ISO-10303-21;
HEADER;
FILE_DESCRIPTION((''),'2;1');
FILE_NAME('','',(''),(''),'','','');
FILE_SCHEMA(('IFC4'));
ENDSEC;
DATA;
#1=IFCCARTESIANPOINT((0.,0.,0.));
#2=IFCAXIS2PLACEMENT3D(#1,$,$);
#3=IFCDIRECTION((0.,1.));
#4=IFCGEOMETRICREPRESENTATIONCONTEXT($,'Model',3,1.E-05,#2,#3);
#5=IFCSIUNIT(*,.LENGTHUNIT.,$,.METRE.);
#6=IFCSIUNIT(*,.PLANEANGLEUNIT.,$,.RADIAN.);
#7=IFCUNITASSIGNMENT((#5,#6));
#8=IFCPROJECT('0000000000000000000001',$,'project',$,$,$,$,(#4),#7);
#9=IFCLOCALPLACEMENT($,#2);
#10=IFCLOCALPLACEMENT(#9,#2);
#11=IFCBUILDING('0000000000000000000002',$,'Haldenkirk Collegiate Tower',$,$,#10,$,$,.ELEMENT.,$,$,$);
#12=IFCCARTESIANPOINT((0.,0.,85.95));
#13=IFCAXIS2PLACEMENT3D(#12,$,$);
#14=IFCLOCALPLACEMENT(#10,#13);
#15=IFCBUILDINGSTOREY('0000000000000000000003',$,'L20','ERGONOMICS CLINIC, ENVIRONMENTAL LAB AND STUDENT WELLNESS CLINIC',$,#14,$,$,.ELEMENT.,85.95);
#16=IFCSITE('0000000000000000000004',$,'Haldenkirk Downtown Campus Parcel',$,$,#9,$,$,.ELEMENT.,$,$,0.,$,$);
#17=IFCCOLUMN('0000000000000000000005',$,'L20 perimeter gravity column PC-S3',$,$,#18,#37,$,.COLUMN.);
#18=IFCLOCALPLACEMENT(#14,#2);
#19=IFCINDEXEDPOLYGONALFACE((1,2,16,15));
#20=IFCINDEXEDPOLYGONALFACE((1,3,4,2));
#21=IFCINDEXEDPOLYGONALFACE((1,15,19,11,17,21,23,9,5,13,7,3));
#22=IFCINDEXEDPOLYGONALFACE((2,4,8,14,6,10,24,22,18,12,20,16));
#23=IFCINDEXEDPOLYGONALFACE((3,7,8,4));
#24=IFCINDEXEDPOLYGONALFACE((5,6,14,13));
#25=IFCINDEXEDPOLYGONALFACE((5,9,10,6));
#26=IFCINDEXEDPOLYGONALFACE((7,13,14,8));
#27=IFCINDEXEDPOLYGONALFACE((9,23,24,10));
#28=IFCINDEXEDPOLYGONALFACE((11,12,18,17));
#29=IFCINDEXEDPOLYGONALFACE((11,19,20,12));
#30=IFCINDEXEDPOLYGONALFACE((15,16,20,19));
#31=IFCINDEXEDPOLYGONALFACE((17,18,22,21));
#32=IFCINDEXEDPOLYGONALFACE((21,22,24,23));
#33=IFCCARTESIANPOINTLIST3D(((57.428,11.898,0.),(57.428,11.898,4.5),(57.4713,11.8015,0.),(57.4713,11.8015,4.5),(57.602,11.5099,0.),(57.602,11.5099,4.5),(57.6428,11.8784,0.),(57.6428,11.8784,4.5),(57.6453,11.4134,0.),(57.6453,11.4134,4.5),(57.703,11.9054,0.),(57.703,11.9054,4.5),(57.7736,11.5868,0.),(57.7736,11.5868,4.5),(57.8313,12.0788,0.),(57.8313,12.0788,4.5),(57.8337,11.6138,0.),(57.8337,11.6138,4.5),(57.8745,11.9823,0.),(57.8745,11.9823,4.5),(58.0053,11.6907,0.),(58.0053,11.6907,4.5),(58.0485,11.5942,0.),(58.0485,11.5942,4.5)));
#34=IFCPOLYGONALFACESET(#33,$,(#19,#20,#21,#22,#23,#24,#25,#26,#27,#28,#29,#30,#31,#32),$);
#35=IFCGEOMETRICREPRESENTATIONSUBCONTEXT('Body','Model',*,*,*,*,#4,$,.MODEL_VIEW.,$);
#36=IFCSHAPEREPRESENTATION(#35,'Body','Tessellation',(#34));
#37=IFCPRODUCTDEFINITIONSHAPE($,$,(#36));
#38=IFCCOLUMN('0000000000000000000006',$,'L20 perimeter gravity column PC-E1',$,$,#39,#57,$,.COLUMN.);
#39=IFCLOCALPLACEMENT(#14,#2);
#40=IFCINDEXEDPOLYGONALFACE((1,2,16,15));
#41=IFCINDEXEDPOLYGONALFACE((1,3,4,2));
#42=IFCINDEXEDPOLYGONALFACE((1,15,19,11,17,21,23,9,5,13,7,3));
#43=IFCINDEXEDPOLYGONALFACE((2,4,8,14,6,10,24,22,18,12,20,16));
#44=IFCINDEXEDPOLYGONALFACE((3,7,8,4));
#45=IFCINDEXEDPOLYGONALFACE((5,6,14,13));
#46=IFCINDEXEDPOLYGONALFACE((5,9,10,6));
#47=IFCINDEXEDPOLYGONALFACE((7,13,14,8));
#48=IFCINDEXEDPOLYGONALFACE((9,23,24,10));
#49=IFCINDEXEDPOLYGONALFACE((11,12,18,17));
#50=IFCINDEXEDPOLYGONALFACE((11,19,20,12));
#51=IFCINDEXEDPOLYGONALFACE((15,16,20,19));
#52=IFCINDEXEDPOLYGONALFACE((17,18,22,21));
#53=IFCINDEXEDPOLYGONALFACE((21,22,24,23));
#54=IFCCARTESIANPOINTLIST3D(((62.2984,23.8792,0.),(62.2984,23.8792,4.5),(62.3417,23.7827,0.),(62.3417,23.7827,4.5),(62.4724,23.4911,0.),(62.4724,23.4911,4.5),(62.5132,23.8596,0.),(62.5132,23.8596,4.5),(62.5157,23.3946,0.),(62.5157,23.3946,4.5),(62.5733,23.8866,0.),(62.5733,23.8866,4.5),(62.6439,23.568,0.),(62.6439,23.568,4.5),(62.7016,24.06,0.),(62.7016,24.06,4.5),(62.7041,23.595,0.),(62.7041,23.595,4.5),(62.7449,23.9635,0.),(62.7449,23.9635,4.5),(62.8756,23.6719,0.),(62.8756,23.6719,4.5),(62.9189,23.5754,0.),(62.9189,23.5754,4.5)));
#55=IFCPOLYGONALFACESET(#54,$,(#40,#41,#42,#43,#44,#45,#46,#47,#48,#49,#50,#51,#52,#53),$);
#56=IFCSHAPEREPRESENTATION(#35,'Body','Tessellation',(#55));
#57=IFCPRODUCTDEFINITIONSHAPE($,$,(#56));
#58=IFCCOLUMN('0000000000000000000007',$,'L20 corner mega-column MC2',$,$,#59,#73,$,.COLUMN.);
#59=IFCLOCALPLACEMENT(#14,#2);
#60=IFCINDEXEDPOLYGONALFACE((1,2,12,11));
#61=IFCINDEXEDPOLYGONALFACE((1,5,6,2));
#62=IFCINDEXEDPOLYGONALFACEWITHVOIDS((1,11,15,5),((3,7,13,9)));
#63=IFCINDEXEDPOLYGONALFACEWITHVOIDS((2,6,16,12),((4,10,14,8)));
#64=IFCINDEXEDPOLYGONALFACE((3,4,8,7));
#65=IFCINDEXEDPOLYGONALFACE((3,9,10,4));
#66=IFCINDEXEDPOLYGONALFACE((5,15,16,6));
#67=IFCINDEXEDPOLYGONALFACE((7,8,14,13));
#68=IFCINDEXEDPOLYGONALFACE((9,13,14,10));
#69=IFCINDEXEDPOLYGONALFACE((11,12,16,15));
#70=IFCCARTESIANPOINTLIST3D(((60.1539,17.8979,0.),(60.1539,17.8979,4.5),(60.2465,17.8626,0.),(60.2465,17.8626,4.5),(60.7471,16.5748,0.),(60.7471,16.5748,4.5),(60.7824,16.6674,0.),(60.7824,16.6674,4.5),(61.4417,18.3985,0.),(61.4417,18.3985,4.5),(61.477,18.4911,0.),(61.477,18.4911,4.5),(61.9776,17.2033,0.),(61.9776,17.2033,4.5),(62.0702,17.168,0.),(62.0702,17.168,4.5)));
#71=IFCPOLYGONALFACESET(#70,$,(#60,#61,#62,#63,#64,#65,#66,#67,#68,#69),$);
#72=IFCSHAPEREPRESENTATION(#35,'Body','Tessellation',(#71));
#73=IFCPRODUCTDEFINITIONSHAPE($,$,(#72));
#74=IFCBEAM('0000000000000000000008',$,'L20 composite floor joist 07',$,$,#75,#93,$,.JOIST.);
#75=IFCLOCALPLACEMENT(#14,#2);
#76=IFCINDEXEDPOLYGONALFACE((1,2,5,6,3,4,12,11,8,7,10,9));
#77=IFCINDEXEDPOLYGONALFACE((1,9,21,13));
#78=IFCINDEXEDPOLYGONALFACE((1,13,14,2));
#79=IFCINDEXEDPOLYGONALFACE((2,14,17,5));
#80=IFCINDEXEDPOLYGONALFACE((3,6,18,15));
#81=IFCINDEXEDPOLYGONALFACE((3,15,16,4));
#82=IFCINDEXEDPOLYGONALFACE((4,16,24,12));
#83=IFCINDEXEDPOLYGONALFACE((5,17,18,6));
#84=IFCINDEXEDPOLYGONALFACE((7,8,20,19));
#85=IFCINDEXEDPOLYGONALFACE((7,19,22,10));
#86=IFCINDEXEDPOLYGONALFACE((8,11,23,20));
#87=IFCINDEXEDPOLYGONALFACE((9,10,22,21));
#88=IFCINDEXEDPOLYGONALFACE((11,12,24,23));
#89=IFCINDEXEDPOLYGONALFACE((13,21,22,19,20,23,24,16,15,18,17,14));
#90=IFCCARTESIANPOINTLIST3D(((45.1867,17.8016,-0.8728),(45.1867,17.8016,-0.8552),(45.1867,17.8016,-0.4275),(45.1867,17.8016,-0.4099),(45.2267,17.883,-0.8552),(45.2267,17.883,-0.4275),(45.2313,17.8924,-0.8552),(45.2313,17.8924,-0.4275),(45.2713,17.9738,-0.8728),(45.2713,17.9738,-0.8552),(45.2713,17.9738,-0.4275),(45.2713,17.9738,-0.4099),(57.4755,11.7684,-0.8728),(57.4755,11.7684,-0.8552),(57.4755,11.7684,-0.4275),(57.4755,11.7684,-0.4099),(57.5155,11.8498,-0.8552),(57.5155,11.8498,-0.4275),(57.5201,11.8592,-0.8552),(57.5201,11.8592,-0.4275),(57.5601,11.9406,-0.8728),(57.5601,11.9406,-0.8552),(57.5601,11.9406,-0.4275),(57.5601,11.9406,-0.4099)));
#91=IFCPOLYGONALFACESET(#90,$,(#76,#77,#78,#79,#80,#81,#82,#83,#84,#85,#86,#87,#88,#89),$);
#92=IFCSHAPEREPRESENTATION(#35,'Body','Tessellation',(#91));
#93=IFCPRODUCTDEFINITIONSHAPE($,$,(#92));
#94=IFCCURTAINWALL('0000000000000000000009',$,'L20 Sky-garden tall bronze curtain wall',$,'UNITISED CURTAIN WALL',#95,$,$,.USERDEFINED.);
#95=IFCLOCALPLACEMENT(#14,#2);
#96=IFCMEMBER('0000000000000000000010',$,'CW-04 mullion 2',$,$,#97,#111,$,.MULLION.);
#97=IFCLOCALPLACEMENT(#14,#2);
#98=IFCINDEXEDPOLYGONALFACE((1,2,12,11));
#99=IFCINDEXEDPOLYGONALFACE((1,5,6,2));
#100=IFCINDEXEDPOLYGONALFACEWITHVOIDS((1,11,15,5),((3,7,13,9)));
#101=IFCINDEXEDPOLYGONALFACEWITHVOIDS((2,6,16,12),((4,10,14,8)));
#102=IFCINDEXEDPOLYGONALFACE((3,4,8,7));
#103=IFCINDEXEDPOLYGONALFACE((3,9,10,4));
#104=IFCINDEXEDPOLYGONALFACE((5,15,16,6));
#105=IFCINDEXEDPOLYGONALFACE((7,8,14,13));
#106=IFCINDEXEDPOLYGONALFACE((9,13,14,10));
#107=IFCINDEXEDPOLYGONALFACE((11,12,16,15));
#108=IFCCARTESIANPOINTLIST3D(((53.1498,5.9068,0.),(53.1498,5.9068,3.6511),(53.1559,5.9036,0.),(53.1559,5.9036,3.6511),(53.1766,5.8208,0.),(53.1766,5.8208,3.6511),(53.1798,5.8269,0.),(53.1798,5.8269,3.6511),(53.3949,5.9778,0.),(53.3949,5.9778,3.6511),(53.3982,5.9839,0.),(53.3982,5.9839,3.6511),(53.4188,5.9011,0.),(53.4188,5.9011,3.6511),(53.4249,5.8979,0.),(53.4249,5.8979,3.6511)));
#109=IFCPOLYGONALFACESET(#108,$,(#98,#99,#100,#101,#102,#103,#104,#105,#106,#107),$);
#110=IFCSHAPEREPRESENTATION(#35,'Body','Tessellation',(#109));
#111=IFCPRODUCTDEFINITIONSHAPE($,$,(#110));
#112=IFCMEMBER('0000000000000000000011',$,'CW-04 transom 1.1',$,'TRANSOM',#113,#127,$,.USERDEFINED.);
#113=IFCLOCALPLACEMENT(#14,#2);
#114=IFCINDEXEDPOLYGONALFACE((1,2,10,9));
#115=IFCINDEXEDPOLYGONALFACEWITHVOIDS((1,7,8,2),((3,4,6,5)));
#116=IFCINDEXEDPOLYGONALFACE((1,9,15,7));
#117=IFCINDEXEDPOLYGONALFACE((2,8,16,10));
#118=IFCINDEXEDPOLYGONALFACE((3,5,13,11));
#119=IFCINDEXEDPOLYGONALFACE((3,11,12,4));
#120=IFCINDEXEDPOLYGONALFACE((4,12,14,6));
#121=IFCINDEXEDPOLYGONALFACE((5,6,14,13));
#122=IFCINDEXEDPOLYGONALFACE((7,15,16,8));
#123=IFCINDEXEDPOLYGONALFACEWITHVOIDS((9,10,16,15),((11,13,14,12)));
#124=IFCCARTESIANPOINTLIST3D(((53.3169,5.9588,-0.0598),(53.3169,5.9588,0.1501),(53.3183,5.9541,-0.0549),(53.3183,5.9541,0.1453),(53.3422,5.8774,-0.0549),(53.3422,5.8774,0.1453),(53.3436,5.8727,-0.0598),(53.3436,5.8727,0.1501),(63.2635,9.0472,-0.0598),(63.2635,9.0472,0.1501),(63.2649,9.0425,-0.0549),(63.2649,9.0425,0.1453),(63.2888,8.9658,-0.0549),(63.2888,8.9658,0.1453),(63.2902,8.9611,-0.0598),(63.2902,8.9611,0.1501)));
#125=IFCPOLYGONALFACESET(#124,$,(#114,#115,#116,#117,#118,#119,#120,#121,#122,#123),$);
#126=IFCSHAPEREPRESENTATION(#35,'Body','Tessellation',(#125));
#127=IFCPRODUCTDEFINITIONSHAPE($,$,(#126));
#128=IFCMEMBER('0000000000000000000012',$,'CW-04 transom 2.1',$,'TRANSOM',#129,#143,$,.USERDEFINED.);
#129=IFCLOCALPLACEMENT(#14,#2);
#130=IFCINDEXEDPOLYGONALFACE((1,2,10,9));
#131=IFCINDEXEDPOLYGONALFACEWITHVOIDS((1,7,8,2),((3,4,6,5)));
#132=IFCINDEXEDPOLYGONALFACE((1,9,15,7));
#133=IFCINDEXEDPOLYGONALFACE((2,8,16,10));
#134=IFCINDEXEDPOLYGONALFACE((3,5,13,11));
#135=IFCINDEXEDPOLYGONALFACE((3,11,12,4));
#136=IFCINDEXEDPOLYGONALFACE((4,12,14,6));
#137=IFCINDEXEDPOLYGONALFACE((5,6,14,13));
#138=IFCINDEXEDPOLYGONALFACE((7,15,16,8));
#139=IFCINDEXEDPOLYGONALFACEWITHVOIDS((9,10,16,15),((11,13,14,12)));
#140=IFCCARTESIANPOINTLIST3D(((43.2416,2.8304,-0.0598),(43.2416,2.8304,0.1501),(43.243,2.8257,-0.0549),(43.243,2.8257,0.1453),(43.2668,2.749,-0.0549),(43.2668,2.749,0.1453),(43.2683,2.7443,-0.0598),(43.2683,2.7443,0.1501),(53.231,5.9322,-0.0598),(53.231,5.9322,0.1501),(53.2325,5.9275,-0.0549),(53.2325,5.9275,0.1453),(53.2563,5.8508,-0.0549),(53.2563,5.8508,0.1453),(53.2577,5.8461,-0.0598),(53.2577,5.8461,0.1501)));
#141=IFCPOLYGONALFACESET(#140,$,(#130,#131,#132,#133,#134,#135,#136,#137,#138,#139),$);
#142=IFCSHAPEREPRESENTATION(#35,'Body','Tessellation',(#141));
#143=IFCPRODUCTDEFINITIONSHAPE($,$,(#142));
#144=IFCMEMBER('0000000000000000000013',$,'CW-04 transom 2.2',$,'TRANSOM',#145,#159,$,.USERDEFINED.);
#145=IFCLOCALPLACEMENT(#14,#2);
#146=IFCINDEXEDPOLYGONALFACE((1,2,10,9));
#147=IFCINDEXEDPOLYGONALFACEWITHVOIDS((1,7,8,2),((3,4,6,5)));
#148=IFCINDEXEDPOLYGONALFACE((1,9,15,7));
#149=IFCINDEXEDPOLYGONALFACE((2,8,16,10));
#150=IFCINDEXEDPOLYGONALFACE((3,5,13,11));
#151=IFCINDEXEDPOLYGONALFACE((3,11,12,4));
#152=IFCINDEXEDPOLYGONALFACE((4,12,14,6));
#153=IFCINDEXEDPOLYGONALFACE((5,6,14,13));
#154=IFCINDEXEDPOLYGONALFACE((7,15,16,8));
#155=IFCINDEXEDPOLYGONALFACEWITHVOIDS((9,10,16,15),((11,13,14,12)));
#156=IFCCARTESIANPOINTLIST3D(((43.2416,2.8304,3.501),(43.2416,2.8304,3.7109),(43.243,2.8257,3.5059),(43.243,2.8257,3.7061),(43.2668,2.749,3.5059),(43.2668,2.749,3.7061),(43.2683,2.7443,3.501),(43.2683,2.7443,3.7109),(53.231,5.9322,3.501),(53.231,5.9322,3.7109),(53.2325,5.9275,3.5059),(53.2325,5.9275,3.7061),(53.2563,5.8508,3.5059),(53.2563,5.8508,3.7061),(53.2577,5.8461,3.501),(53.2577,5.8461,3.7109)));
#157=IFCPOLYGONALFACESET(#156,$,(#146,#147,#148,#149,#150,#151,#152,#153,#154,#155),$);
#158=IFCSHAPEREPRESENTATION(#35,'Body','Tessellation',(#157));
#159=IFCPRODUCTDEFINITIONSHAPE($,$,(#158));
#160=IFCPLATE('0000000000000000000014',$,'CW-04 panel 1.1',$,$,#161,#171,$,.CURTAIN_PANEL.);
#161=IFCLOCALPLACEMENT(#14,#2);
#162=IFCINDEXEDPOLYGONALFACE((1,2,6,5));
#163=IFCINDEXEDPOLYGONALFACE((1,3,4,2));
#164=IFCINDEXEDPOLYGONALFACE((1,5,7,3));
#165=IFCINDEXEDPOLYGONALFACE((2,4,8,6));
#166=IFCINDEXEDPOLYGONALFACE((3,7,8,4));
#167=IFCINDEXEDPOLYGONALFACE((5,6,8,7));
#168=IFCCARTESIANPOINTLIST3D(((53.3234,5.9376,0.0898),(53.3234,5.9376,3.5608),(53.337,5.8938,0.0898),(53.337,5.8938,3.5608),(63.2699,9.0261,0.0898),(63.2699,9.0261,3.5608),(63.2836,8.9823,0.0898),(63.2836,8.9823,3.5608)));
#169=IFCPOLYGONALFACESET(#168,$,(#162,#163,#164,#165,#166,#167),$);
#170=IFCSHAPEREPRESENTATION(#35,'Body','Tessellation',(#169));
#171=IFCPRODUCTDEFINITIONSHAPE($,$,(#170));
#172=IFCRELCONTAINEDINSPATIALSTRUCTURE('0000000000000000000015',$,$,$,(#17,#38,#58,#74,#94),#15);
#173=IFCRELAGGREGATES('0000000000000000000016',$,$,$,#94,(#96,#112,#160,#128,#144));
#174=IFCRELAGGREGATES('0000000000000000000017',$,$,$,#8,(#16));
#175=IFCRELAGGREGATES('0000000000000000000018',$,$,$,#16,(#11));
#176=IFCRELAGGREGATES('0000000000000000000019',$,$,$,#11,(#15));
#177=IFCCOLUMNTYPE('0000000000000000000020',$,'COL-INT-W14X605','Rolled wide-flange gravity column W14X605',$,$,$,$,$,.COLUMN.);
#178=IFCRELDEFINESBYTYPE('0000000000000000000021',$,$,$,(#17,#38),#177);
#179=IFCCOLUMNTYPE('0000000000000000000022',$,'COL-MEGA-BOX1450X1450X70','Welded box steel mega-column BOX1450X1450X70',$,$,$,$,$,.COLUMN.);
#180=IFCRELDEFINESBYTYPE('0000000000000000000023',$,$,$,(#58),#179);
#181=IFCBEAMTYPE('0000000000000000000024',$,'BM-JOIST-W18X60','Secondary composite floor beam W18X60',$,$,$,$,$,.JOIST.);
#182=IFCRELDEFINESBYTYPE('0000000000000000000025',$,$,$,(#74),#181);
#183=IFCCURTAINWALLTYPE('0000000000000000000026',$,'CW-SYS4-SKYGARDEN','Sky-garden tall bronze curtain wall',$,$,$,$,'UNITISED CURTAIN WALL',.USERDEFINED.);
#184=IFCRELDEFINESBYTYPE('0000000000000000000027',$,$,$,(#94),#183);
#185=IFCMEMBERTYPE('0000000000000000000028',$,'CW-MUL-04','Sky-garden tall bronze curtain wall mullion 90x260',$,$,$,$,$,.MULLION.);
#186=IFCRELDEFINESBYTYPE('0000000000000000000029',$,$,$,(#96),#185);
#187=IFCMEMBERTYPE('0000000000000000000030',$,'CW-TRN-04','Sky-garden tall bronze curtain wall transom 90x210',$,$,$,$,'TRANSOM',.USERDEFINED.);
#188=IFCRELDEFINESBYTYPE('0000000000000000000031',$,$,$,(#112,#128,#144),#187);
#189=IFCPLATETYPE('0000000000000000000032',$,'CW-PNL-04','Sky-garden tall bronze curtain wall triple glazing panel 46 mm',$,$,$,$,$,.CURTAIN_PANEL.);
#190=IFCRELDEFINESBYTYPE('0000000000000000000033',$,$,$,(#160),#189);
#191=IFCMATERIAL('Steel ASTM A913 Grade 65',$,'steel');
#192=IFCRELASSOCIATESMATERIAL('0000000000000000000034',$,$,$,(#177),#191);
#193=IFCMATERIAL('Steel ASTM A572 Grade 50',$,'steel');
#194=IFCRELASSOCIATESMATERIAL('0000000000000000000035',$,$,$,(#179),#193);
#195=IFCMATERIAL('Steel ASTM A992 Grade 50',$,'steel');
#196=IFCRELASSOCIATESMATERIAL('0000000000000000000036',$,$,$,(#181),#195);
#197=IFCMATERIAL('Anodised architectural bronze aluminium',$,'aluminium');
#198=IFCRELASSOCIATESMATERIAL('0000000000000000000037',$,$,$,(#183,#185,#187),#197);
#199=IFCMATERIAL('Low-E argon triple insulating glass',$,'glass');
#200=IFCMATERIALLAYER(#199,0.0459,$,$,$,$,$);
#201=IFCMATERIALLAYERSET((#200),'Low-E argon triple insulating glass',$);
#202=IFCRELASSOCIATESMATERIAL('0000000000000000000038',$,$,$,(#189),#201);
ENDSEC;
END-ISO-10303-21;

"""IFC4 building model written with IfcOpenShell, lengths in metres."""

from ifc_helpers import new_model, si_unit, direction, frame, origin, origin_2d, place, context, subcontext, project, spatial, rectangle, hollow_rectangle, i_section, extrude, source, transform, mapped, material, layer, layer_set, material_profile, profile_set, type_object, element, aggregate, save


model = new_model("IFC4")

# Units and contexts
model_context = context("Model", 3, precision=1e-05, world=origin(), true_north=direction((0.0, 1.0)))
body_context = subcontext(model_context, "Body", "Model", "MODEL_VIEW")
ifc_project = project(units=[si_unit("LENGTHUNIT", "METRE"), si_unit("PLANEANGLEUNIT", "RADIAN")], contexts=[model_context])

# Site, building, storey
site_placement = place(None, origin())
site = spatial("IfcSite", under=ifc_project, at=site_placement, Name="Haldenkirk Downtown Campus Parcel", CompositionType="ELEMENT", RefElevation=0.0)
building_placement = place(site_placement, origin())
building = spatial("IfcBuilding", under=site, at=building_placement, Name="Haldenkirk Collegiate Tower", CompositionType="ELEMENT")
storey_placement = place(building_placement, frame((0.0, 0.0, 85.95)))
storey = spatial("IfcBuildingStorey", under=building, at=storey_placement, Name="L20", Description="ERGONOMICS CLINIC, ENVIRONMENTAL LAB AND STUDENT WELLNESS CLINIC", CompositionType="ELEMENT", Elevation=85.95)

# Columns
ifc_material_1 = material(Name="Steel ASTM A913 Grade 65", Category="steel")
ifc_material_profile_1 = material_profile(ifc_material_1, i_section(OverallWidth=0.4419, OverallDepth=0.531, WebThickness=0.0659, FlangeThickness=0.1057, at=origin_2d()), Name="W14X605")
ifc_profile_set_1 = profile_set([ifc_material_profile_1], Name="Steel ASTM A913 Grade 65")
column_type_1 = type_object("IfcColumnType", Name="COL-INT-W14X605", Description="Rolled wide-flange gravity column W14X605", PredefinedType="COLUMN", material=ifc_profile_set_1)
for number, where, z_axis, x_axis, name in (
    (1, (57.7383, 11.7461, 0.0), (0.0, 0.0, 1.0), (0.912477, 0.409127, 0.0), "L20 perimeter gravity column PC-S3"),
    (2, (62.6086, 23.7273, 0.0), (0.0, 0.0, 1.0), (0.912477, 0.409127, 0.0), "L20 perimeter gravity column PC-E1"),
):
    element("IfcColumn", number, at=place(storey_placement, frame(where, z_axis=z_axis, x_axis=x_axis)), inside=storey, type_object=column_type_1, Name=name, PredefinedType="COLUMN", context=body_context, shape_type="SweptSolid", body=[
        extrude(i_section(OverallWidth=0.4419, OverallDepth=0.531, WebThickness=0.0659, FlangeThickness=0.1057, at=origin_2d()), origin(), (0.0, 0.0, 1.0), 4.5),
    ])
ifc_material_2 = material(Name="Steel ASTM A572 Grade 50", Category="steel")
ifc_material_profile_2 = material_profile(ifc_material_2, hollow_rectangle(XDim=1.45, YDim=1.45, WallThickness=0.0701, at=origin_2d()), Name="BOX1450X1450X70")
ifc_profile_set_2 = profile_set([ifc_material_profile_2], Name="Steel ASTM A572 Grade 50")
column_type_2 = type_object("IfcColumnType", Name="COL-MEGA-BOX1450X1450X70", Description="Welded box steel mega-column BOX1450X1450X70", PredefinedType="COLUMN", material=ifc_profile_set_2)
column_placement = place(storey_placement, frame((61.1121, 17.533, 0.0), z_axis=(0.0, 0.0, 1.0), x_axis=(0.912477, 0.409127, 0.0)))
element("IfcColumn", 3, at=column_placement, inside=storey, type_object=column_type_2, Name="L20 corner mega-column MC2", PredefinedType="COLUMN", context=body_context, shape_type="SweptSolid", body=[
    extrude(hollow_rectangle(XDim=1.45, YDim=1.45, WallThickness=0.0701, at=origin_2d()), origin(), (0.0, 0.0, 1.0), 4.5),
])

# Beam
ifc_material_3 = material(Name="Steel ASTM A992 Grade 50", Category="steel")
ifc_material_profile_3 = material_profile(ifc_material_3, i_section(OverallWidth=0.1919, OverallDepth=0.4629, WebThickness=0.0105, FlangeThickness=0.0176, at=origin_2d()), Name="W18X60")
ifc_profile_set_3 = profile_set([ifc_material_profile_3], Name="Steel ASTM A992 Grade 50")
beam_type = type_object("IfcBeamType", Name="BM-JOIST-W18X60", Description="Secondary composite floor beam W18X60", PredefinedType="JOIST", material=ifc_profile_set_3)
beam_placement = place(storey_placement, frame((57.5178, 11.8545, -0.6414), z_axis=(-0.897653, 0.440703, 0.0), x_axis=(-0.440703, -0.897653, 0.0)))
element("IfcBeam", 4, at=beam_placement, inside=storey, type_object=beam_type, Name="L20 composite floor joist 07", PredefinedType="JOIST", context=body_context, shape_type="SweptSolid", body=[
    extrude(i_section(OverallWidth=0.1919, OverallDepth=0.4629, WebThickness=0.0105, FlangeThickness=0.0176, at=origin_2d()), origin(), (0.0, 0.0, 1.0), 13.6899),
])

# Curtain wall, members, plate
ifc_material_4 = material(Name="Anodised architectural bronze aluminium", Category="aluminium")
curtain_wall_type = type_object("IfcCurtainWallType", Name="CW-SYS4-SKYGARDEN", Description="Sky-garden tall bronze curtain wall", ElementType="UNITISED CURTAIN WALL", PredefinedType="USERDEFINED", material=ifc_material_4)
curtain_wall_placement = place(storey_placement, origin())
curtain_wall = element("IfcCurtainWall", 5, at=curtain_wall_placement, inside=storey, type_object=curtain_wall_type, Name="L20 Sky-garden tall bronze curtain wall", ObjectType="UNITISED CURTAIN WALL", PredefinedType="USERDEFINED")
ifc_material_profile_4 = material_profile(ifc_material_4, hollow_rectangle(XDim=0.0901, YDim=0.26, WallThickness=0.0049, at=origin_2d()), Name="CW-MUL-04")
ifc_profile_set_4 = profile_set([ifc_material_profile_4], Name="Anodised architectural bronze aluminium")
member_type_1 = type_object("IfcMemberType", Name="CW-MUL-04", Description="Sky-garden tall bronze curtain wall mullion 90x260", PredefinedType="MULLION", material=ifc_profile_set_4)
member_1_placement = place(storey_placement, frame((53.2874, 5.9023, 0.0), z_axis=(0.0, 0.0, 1.0), x_axis=(0.29654, -0.95502, 0.0)))
member_1 = element("IfcMember", 6, at=member_1_placement, type_object=member_type_1, Name="CW-04 mullion 2", PredefinedType="MULLION", context=body_context, shape_type="SweptSolid", body=[
    extrude(hollow_rectangle(XDim=0.0901, YDim=0.26, WallThickness=0.0049, at=origin_2d()), origin(), (0.0, 0.0, 1.0), 3.6511),
])
ifc_material_profile_5 = material_profile(ifc_material_4, hollow_rectangle(XDim=0.0901, YDim=0.21, WallThickness=0.0049, at=origin_2d()), Name="CW-TRN-04")
ifc_profile_set_5 = profile_set([ifc_material_profile_5], Name="Anodised architectural bronze aluminium")
member_type_2 = type_object("IfcMemberType", Name="CW-TRN-04", Description="Sky-garden tall bronze curtain wall transom 90x210", ElementType="TRANSOM", PredefinedType="USERDEFINED", material=ifc_profile_set_5)
member_2_placement = place(storey_placement, frame((63.2769, 9.0042, 0.0452), z_axis=(-0.955023, -0.296533, 0.0), x_axis=(0.296533, -0.955023, 0.0)))
member_2 = element("IfcMember", 7, at=member_2_placement, type_object=member_type_2, Name="CW-04 transom 1.1", ObjectType="TRANSOM", PredefinedType="USERDEFINED", context=body_context, shape_type="SweptSolid", body=[
    extrude(hollow_rectangle(XDim=0.0901, YDim=0.21, WallThickness=0.0049, at=origin_2d()), origin(), (0.0, 0.0, 1.0), 10.415),
])
member_3_placement = place(storey_placement, frame((53.2444, 5.8892, 0.0452), z_axis=(-0.95502, -0.29654, 0.0), x_axis=(0.29654, -0.95502, 0.0)))
member_3 = element("IfcMember", 8, at=member_3_placement, type_object=member_type_2, Name="CW-04 transom 2.1", ObjectType="TRANSOM", PredefinedType="USERDEFINED", context=body_context, shape_type="SweptSolid", body=[
    extrude(hollow_rectangle(XDim=0.0901, YDim=0.21, WallThickness=0.0049, at=origin_2d()), origin(), (0.0, 0.0, 1.0), 10.46),
])
member_4_placement = place(storey_placement, frame((53.2444, 5.8892, 3.606), z_axis=(-0.95502, -0.29654, 0.0), x_axis=(0.29654, -0.95502, 0.0)))
member_4 = element("IfcMember", 9, at=member_4_placement, type_object=member_type_2, Name="CW-04 transom 2.2", ObjectType="TRANSOM", PredefinedType="USERDEFINED", context=body_context, shape_type="SweptSolid", body=[
    extrude(hollow_rectangle(XDim=0.0901, YDim=0.21, WallThickness=0.0049, at=origin_2d()), origin(), (0.0, 0.0, 1.0), 10.46),
])
ifc_material_5 = material(Name="Low-E argon triple insulating glass", Category="glass")
ifc_layer_1 = layer(ifc_material_5, 0.0459)
ifc_layer_set_1 = layer_set([ifc_layer_1], Name="Low-E argon triple insulating glass")
plate_type = type_object("IfcPlateType", Name="CW-PNL-04", Description="Sky-garden tall bronze curtain wall triple glazing panel 46 mm", PredefinedType="CURTAIN_PANEL", material=ifc_layer_set_1)
shared_shape_1 = source(origin(), body_context, "Body", "SweptSolid", [
    extrude(rectangle(XDim=10.415, YDim=0.0459, at=origin_2d()), origin(), (0.0, 0.0, 1.0), 3.4709),
])
plate_1_placement = place(storey_placement, frame((58.3035, 7.46, 0.0898), z_axis=(0.0, 0.0, 1.0), x_axis=(-0.95502, -0.29654, 0.0)))
plate_1 = element("IfcPlate", 10, at=plate_1_placement, type_object=plate_type, Name="CW-04 panel 1.1", PredefinedType="CURTAIN_PANEL", context=body_context, shape_type="MappedRepresentation", body=[
    mapped(shared_shape_1, transform((0.0, 0.0, 0.0), x_axis=(1.0, 0.0, 0.0), y_axis=(0.0, 1.0, 0.0), z_axis=(0.0, 0.0, 1.0), scale=1.0)),
])
aggregate(curtain_wall, [member_1, member_2, plate_1, member_3, member_4])

save(model, "model.ifc")
